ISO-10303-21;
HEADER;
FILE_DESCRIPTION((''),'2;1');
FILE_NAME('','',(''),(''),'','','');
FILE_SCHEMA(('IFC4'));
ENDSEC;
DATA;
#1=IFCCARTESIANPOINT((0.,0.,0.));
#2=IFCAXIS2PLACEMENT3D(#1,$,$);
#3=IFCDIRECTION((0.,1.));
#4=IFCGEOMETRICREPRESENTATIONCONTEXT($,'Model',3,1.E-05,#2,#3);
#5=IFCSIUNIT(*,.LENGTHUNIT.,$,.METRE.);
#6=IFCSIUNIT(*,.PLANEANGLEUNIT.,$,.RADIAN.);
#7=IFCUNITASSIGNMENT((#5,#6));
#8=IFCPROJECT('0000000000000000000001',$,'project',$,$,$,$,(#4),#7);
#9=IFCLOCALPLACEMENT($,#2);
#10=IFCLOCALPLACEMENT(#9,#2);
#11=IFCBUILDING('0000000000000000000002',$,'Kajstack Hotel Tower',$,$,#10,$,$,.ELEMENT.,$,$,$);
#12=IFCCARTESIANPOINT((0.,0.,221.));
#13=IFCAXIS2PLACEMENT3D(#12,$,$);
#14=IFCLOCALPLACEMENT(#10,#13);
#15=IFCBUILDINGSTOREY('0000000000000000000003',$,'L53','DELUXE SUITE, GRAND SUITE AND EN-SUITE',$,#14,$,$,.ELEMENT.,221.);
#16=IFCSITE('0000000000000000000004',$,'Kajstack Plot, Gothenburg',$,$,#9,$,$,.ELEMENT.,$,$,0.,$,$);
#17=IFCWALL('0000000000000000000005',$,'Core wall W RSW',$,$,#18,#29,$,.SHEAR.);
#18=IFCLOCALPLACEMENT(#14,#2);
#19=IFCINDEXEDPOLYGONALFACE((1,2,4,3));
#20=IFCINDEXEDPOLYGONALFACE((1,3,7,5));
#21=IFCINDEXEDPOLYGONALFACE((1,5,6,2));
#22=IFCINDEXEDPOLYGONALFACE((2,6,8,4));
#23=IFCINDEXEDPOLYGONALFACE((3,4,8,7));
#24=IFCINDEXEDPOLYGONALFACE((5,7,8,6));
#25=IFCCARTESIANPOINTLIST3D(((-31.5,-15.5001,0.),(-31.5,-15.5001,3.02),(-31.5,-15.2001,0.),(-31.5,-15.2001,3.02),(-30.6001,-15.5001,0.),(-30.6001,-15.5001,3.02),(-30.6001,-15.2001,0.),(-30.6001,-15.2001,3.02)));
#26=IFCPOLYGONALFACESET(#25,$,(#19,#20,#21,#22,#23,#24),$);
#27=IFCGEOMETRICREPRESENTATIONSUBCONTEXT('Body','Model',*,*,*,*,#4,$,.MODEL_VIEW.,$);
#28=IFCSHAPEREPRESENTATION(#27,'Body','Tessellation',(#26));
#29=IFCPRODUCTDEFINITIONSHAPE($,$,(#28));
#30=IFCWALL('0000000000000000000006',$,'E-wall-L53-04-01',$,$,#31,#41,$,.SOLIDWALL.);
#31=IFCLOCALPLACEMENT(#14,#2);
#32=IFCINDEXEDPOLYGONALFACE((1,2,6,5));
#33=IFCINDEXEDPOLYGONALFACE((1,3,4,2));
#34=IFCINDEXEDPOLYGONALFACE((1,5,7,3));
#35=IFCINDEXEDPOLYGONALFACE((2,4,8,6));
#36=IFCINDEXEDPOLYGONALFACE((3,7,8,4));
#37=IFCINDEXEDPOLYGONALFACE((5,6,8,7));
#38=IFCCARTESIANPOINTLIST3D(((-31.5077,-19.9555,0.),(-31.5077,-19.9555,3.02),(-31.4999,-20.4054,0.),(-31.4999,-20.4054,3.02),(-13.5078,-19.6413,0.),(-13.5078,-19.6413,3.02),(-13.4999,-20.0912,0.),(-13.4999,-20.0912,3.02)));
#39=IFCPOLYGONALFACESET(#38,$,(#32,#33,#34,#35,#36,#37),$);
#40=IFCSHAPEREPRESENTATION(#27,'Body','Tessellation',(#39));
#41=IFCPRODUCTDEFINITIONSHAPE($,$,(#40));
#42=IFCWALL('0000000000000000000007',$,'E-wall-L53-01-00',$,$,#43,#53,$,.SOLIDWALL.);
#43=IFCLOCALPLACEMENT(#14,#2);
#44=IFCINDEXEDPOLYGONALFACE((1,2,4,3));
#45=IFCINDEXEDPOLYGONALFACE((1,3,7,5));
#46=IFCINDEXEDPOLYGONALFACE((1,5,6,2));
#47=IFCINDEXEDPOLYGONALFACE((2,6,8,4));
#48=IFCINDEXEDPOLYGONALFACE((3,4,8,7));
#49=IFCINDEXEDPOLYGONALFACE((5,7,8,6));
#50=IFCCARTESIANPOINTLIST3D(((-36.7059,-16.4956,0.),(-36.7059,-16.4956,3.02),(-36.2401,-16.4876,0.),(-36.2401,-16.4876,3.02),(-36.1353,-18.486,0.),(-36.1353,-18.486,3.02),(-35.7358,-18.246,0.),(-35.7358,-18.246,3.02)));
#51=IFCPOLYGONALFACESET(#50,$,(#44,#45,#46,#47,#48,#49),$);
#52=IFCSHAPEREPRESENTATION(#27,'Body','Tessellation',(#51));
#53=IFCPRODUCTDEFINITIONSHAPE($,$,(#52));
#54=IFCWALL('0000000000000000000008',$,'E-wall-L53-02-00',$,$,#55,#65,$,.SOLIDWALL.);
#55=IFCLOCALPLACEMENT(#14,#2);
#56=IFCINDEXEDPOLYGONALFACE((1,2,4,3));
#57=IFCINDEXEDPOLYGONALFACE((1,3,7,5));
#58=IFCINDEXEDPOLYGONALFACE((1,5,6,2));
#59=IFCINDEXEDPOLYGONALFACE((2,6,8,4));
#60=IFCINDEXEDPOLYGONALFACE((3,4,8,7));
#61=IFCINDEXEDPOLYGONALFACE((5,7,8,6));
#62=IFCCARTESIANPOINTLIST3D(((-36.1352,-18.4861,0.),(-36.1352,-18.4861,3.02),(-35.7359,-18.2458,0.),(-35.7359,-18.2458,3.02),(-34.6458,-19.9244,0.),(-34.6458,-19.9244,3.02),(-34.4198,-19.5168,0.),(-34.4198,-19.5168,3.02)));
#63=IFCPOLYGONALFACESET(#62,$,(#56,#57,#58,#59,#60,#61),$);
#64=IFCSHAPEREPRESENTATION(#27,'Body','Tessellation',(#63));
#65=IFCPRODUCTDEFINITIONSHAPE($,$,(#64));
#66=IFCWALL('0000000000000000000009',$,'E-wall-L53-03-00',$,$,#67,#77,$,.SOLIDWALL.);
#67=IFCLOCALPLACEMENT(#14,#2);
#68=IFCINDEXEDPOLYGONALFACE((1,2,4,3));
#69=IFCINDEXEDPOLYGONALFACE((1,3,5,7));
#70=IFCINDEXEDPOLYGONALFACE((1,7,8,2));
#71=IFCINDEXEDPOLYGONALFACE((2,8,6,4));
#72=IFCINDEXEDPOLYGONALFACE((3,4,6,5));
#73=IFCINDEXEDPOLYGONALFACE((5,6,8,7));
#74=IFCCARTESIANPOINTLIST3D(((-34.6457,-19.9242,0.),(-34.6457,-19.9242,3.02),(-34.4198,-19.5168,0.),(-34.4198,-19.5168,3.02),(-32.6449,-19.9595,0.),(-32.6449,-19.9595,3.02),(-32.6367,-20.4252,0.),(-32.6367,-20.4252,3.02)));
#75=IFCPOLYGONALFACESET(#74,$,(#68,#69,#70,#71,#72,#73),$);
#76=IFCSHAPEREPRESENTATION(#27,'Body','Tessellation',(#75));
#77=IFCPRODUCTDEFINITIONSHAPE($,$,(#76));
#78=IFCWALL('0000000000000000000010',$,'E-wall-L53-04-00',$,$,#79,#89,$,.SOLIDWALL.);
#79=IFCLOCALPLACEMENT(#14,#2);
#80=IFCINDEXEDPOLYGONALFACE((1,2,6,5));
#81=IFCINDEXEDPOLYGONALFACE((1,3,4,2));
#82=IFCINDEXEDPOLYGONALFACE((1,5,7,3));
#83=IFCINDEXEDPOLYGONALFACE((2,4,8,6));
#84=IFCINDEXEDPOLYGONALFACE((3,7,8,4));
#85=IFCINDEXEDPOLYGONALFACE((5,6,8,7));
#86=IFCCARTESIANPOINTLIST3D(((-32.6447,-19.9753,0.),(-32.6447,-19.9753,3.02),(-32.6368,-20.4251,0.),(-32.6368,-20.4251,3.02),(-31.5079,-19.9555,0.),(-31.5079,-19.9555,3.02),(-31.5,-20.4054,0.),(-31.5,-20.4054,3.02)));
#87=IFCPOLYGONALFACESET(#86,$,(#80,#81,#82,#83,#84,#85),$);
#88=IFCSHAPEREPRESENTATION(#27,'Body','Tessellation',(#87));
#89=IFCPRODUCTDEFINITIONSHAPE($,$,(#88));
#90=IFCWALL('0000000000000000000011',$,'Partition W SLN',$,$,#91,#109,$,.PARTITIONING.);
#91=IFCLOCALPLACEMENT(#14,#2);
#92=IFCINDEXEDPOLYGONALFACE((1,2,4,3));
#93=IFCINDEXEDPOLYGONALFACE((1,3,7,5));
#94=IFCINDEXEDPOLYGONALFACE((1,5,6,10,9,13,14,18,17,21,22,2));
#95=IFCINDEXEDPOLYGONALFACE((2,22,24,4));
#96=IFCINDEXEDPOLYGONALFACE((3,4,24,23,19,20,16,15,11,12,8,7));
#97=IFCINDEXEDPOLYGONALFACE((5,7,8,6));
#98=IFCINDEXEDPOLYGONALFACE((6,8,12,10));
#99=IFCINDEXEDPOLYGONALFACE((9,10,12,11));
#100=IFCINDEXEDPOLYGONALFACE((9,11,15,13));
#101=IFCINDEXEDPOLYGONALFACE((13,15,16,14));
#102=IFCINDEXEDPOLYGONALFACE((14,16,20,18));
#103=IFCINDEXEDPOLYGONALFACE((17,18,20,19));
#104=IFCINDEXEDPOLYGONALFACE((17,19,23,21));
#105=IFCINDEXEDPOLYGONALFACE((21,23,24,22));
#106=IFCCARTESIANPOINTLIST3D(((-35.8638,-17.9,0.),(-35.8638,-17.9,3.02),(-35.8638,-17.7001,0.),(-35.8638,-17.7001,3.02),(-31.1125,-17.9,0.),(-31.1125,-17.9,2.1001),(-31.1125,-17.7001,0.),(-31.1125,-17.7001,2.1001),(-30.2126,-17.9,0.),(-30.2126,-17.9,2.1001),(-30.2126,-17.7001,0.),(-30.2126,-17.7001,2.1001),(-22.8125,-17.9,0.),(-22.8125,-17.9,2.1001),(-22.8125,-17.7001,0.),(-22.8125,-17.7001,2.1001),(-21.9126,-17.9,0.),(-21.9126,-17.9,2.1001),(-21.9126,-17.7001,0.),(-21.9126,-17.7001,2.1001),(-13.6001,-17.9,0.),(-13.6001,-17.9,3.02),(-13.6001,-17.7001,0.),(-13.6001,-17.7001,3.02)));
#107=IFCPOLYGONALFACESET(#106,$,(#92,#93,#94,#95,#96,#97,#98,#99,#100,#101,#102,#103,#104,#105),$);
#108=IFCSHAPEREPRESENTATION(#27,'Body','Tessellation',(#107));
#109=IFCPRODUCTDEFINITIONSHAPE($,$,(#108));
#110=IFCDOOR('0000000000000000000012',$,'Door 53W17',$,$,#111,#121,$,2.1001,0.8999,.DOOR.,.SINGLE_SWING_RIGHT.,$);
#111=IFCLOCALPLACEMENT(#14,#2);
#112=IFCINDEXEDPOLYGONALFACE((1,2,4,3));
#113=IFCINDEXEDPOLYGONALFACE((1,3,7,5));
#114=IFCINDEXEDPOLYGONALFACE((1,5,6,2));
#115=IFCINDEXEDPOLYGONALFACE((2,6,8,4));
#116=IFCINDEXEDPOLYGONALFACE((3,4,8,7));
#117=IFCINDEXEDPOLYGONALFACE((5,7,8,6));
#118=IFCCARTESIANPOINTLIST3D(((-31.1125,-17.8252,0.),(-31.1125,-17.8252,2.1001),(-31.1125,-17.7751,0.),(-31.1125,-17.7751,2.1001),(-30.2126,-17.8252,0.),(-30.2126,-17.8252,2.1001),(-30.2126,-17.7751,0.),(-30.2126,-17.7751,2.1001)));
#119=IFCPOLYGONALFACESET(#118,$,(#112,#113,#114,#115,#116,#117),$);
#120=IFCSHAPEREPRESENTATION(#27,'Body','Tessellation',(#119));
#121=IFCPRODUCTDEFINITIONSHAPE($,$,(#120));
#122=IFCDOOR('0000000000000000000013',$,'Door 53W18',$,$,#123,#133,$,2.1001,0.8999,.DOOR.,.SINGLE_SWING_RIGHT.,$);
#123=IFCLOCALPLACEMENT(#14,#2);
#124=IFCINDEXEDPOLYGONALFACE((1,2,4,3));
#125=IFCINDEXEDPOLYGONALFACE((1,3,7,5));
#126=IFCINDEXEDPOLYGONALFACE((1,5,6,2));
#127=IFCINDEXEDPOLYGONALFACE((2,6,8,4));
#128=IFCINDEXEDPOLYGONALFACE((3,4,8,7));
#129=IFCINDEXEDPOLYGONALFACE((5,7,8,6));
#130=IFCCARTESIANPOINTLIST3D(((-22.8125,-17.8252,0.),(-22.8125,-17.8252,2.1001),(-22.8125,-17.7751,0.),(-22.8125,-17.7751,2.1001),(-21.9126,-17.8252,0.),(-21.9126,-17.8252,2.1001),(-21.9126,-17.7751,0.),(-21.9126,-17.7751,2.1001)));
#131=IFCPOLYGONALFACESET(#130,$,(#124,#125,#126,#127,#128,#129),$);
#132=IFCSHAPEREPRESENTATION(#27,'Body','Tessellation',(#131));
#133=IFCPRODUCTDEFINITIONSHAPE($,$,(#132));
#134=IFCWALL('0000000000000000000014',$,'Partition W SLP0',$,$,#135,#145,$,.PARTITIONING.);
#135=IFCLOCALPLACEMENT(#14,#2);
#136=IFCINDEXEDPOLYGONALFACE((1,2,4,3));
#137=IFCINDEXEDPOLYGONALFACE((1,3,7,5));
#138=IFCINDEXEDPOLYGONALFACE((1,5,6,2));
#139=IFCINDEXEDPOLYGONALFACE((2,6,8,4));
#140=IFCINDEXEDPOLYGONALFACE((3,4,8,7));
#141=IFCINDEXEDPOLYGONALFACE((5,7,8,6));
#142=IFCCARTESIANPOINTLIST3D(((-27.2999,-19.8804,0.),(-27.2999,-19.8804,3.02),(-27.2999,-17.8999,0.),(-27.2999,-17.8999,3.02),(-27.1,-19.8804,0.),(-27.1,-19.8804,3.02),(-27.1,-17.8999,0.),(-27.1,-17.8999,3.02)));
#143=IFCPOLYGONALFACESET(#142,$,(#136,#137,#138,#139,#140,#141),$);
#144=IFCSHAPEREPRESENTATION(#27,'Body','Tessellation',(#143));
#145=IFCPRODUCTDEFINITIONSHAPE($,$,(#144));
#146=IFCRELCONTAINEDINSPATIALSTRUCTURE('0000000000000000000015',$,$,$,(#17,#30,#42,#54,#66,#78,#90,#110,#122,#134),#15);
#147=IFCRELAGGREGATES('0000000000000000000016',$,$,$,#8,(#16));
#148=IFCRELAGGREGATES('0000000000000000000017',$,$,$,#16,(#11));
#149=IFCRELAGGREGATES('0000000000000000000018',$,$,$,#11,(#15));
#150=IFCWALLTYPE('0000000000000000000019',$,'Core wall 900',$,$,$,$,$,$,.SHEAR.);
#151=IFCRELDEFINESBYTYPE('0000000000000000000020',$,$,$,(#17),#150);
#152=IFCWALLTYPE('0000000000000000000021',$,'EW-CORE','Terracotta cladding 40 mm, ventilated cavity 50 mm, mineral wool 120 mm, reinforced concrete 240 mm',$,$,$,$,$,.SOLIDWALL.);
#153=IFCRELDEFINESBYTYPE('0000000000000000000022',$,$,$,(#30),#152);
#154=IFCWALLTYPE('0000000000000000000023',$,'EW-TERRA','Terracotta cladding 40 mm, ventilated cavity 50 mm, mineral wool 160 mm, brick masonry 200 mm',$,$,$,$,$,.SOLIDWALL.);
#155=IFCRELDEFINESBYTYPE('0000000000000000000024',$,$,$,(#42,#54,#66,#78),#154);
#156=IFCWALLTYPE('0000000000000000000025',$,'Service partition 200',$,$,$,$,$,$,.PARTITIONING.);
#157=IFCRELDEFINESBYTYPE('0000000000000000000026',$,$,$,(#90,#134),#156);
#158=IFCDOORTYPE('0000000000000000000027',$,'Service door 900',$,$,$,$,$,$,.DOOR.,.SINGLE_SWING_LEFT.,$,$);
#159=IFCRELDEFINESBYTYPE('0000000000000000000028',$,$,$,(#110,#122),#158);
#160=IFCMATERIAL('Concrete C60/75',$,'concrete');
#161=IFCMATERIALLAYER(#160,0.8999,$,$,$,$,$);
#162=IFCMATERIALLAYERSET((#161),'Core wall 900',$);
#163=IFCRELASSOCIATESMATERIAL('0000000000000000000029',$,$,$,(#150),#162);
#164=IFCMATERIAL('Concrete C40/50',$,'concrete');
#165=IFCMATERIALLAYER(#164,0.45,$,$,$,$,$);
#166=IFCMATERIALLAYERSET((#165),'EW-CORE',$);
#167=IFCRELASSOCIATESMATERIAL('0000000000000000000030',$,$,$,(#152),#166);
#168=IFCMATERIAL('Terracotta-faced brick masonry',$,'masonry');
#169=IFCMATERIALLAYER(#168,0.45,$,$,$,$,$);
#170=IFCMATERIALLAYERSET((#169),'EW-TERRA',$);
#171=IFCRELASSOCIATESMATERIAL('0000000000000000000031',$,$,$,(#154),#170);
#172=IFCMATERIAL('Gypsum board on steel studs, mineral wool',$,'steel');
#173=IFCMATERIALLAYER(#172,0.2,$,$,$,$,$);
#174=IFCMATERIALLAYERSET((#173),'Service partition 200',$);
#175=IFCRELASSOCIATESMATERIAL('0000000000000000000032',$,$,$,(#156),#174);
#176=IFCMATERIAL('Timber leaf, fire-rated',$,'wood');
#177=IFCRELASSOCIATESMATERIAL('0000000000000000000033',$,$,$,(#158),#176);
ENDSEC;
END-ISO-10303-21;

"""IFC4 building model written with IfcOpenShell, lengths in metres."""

from ifc_helpers import new_model, si_unit, direction, frame, frame_2d, origin, place, context, subcontext, project, spatial, polyline, rectangle, outline, extrude, material, layer, layer_set, type_object, element, fill, save


model = new_model("IFC4")

# Units and contexts
model_context = context("Model", 3, precision=1e-05, world=origin(), true_north=direction((0.0, 1.0)))
body_context = subcontext(model_context, "Body", "Model", "MODEL_VIEW")
ifc_project = project(units=[si_unit("LENGTHUNIT", "METRE"), si_unit("PLANEANGLEUNIT", "RADIAN")], contexts=[model_context])

# Site, building, storey
site_placement = place(None, origin())
site = spatial("IfcSite", under=ifc_project, at=site_placement, Name="Kajstack Plot, Gothenburg", CompositionType="ELEMENT", RefElevation=0.0)
building_placement = place(site_placement, origin())
building = spatial("IfcBuilding", under=site, at=building_placement, Name="Kajstack Hotel Tower", CompositionType="ELEMENT")
storey_placement = place(building_placement, frame((0.0, 0.0, 221.0)))
storey = spatial("IfcBuildingStorey", under=building, at=storey_placement, Name="L53", Description="DELUXE SUITE, GRAND SUITE AND EN-SUITE", CompositionType="ELEMENT", Elevation=221.0)

# Walls
ifc_material_1 = material(Name="Concrete C60/75", Category="concrete")
ifc_layer_1 = layer(ifc_material_1, 0.8999)
ifc_layer_set_1 = layer_set([ifc_layer_1], Name="Core wall 900")
wall_type_1 = type_object("IfcWallType", Name="Core wall 900", PredefinedType="SHEAR", material=ifc_layer_set_1)
wall_1_placement = place(storey_placement, frame((-31.5, -15.3501, 0.0), z_axis=(0.0, 0.0, 1.0), x_axis=(1.0, 0.0, 0.0)))
element("IfcWall", 1, at=wall_1_placement, inside=storey, type_object=wall_type_1, Name="Core wall W RSW", PredefinedType="SHEAR", context=body_context, shape_type="SweptSolid", body=[
    extrude(rectangle(XDim=0.8999, YDim=0.3, at=frame_2d((0.45, 0.0))), origin(), (0.0, 0.0, 1.0), 3.02),
])
ifc_material_2 = material(Name="Concrete C40/50", Category="concrete")
ifc_layer_2 = layer(ifc_material_2, 0.45)
ifc_layer_set_2 = layer_set([ifc_layer_2], Name="EW-CORE")
wall_type_2 = type_object("IfcWallType", Name="EW-CORE", Description="Terracotta cladding 40 mm, ventilated cavity 50 mm, mineral wool 120 mm, reinforced concrete 240 mm", PredefinedType="SOLIDWALL", material=ifc_layer_set_2)
wall_2_placement = place(storey_placement, frame((-31.5039, -20.1804, 0.0), z_axis=(0.0, 0.0, 1.0), x_axis=(0.999848, 0.017453, 0.0)))
element("IfcWall", 2, at=wall_2_placement, inside=storey, type_object=wall_type_2, Name="E-wall-L53-04-01", PredefinedType="SOLIDWALL", context=body_context, shape_type="SweptSolid", body=[
    extrude(rectangle(XDim=18.0027, YDim=0.45, at=frame_2d((9.0015, 0.0))), origin(), (0.0, 0.0, 1.0), 3.02),
])
ifc_material_3 = material(Name="Terracotta-faced brick masonry", Category="masonry")
ifc_layer_3 = layer(ifc_material_3, 0.45)
ifc_layer_set_3 = layer_set([ifc_layer_3], Name="EW-TERRA")
wall_type_3 = type_object("IfcWallType", Name="EW-TERRA", Description="Terracotta cladding 40 mm, ventilated cavity 50 mm, mineral wool 160 mm, brick masonry 200 mm", PredefinedType="SOLIDWALL", material=ifc_layer_set_3)
wall_3_placement = place(storey_placement, frame((-36.4895, -16.4336, 0.0), z_axis=(0.0, 0.0, 1.0), x_axis=(0.275578, -0.961279, 0.0)))
element("IfcWall", 3, at=wall_3_placement, inside=storey, type_object=wall_type_3, Name="E-wall-L53-01-00", PredefinedType="SOLIDWALL", context=body_context, shape_type="SweptSolid", body=[
    extrude(outline(polyline([(0.0, -0.2251), (2.0706, -0.2251), (1.95, 0.2251), (0.1206, 0.2249), (0.0, -0.2251)])), origin(), (0.0, 0.0, 1.0), 3.02),
])
wall_4_placement = place(storey_placement, frame((-35.979, -18.324, 0.0), z_axis=(0.0, 0.0, 1.0), x_axis=(0.71932, -0.694679, 0.0)))
element("IfcWall", 4, at=wall_4_placement, inside=storey, type_object=wall_type_3, Name="E-wall-L53-02-00", PredefinedType="SOLIDWALL", context=body_context, shape_type="SweptSolid", body=[
    extrude(outline(polyline([(0.0002, -0.2251), (2.0708, -0.2251), (1.9502, 0.2251), (0.1206, 0.2251), (0.0002, -0.2251)])), origin(), (0.0, 0.0, 1.0), 3.02),
])
wall_5_placement = place(storey_placement, frame((-34.5913, -19.7061, 0.0), z_axis=(0.0, 0.0, 1.0), x_axis=(0.970316, -0.241842, 0.0)))
element("IfcWall", 5, at=wall_5_placement, inside=storey, type_object=wall_type_3, Name="E-wall-L53-03-00", PredefinedType="SOLIDWALL", context=body_context, shape_type="SweptSolid", body=[
    extrude(outline(polyline([(0.0, -0.2249), (2.0706, -0.2251), (1.95, 0.2249), (0.1206, 0.2251), (0.0, -0.2249)])), origin(), (0.0, 0.0, 1.0), 3.02),
])
wall_6_placement = place(storey_placement, frame((-32.6406, -20.2002, 0.0), z_axis=(0.0, 0.0, 1.0), x_axis=(0.999849, 0.017394, 0.0)))
element("IfcWall", 6, at=wall_6_placement, inside=storey, type_object=wall_type_3, Name="E-wall-L53-04-00", PredefinedType="SOLIDWALL", context=body_context, shape_type="SweptSolid", body=[
    extrude(rectangle(XDim=1.137, YDim=0.45, at=frame_2d((0.5684, 0.0))), origin(), (0.0, 0.0, 1.0), 3.02),
])

# Wall, openings, doors
ifc_material_4 = material(Name="Gypsum board on steel studs, mineral wool", Category="steel")
ifc_layer_4 = layer(ifc_material_4, 0.2)
ifc_layer_set_4 = layer_set([ifc_layer_4], Name="Service partition 200")
wall_type_4 = type_object("IfcWallType", Name="Service partition 200", PredefinedType="PARTITIONING", material=ifc_layer_set_4)
wall_7_placement = place(storey_placement, frame((-35.8638, -17.8, 0.0), z_axis=(0.0, 0.0, 1.0), x_axis=(1.0, 0.0, 0.0)))
wall_7 = element("IfcWall", 7, at=wall_7_placement, inside=storey, type_object=wall_type_4, Name="Partition W SLN", PredefinedType="PARTITIONING", context=body_context, shape_type="SweptSolid", body=[
    extrude(rectangle(XDim=22.2637, YDim=0.2, at=frame_2d((11.1318, 0.0))), origin(), (0.0, 0.0, 1.0), 3.02),
])
opening_1_placement = place(wall_7_placement, frame((4.7512, 0.0, 0.0)))
opening_1 = element("IfcOpeningElement", 8, at=opening_1_placement, cuts=wall_7, PredefinedType="OPENING", context=body_context, shape_type="SweptSolid", body=[
    extrude(rectangle(XDim=0.8999, YDim=2.1001, at=frame_2d((0.45, 1.05))), frame((0.0, 0.1099, 0.0), z_axis=(0.0, -1.0, 0.0), x_axis=(1.0, 0.0, 0.0)), (0.0, 0.0, 1.0), 0.22),
])
opening_2_placement = place(wall_7_placement, frame((13.0513, 0.0, 0.0)))
opening_2 = element("IfcOpeningElement", 9, at=opening_2_placement, cuts=wall_7, PredefinedType="OPENING", context=body_context, shape_type="SweptSolid", body=[
    extrude(rectangle(XDim=0.8999, YDim=2.1001, at=frame_2d((0.45, 1.05))), frame((0.0, 0.1099, 0.0), z_axis=(0.0, -1.0, 0.0), x_axis=(1.0, 0.0, 0.0)), (0.0, 0.0, 1.0), 0.22),
])
ifc_material_5 = material(Name="Timber leaf, fire-rated", Category="wood")
door_type_1 = type_object("IfcDoorType", Name="Service door 900", OperationType="SINGLE_SWING_LEFT", PredefinedType="DOOR", material=ifc_material_5)
door_1_placement = place(opening_1_placement, origin())
door_1 = element("IfcDoor", 10, at=door_1_placement, inside=storey, type_object=door_type_1, Name="Door 53W17", OperationType="SINGLE_SWING_RIGHT", OverallHeight=2.1001, OverallWidth=0.8999, PredefinedType="DOOR", context=body_context, shape_type="SweptSolid", body=[
    extrude(rectangle(XDim=0.8999, YDim=2.1001, at=frame_2d((0.45, 1.05))), frame((0.0, 0.0249, 0.0), z_axis=(0.0, -1.0, 0.0), x_axis=(1.0, 0.0, 0.0)), (0.0, 0.0, 1.0), 0.05),
])
fill(opening_1, door_1)
door_2_placement = place(opening_2_placement, origin())
door_2 = element("IfcDoor", 11, at=door_2_placement, inside=storey, type_object=door_type_1, Name="Door 53W18", OperationType="SINGLE_SWING_RIGHT", OverallHeight=2.1001, OverallWidth=0.8999, PredefinedType="DOOR", context=body_context, shape_type="SweptSolid", body=[
    extrude(rectangle(XDim=0.8999, YDim=2.1001, at=frame_2d((0.45, 1.05))), frame((0.0, 0.0249, 0.0), z_axis=(0.0, -1.0, 0.0), x_axis=(1.0, 0.0, 0.0)), (0.0, 0.0, 1.0), 0.05),
])
fill(opening_2, door_2)

# Wall
wall_8_placement = place(storey_placement, frame((-27.2, -19.8804, 0.0), z_axis=(0.0, 0.0, 1.0), x_axis=(0.0, 1.0, 0.0)))
element("IfcWall", 12, at=wall_8_placement, inside=storey, type_object=wall_type_4, Name="Partition W SLP0", PredefinedType="PARTITIONING", context=body_context, shape_type="SweptSolid", body=[
    extrude(rectangle(XDim=1.9805, YDim=0.2, at=frame_2d((0.9902, 0.0))), origin(), (0.0, 0.0, 1.0), 3.02),
])

save(model, "model.ifc")
